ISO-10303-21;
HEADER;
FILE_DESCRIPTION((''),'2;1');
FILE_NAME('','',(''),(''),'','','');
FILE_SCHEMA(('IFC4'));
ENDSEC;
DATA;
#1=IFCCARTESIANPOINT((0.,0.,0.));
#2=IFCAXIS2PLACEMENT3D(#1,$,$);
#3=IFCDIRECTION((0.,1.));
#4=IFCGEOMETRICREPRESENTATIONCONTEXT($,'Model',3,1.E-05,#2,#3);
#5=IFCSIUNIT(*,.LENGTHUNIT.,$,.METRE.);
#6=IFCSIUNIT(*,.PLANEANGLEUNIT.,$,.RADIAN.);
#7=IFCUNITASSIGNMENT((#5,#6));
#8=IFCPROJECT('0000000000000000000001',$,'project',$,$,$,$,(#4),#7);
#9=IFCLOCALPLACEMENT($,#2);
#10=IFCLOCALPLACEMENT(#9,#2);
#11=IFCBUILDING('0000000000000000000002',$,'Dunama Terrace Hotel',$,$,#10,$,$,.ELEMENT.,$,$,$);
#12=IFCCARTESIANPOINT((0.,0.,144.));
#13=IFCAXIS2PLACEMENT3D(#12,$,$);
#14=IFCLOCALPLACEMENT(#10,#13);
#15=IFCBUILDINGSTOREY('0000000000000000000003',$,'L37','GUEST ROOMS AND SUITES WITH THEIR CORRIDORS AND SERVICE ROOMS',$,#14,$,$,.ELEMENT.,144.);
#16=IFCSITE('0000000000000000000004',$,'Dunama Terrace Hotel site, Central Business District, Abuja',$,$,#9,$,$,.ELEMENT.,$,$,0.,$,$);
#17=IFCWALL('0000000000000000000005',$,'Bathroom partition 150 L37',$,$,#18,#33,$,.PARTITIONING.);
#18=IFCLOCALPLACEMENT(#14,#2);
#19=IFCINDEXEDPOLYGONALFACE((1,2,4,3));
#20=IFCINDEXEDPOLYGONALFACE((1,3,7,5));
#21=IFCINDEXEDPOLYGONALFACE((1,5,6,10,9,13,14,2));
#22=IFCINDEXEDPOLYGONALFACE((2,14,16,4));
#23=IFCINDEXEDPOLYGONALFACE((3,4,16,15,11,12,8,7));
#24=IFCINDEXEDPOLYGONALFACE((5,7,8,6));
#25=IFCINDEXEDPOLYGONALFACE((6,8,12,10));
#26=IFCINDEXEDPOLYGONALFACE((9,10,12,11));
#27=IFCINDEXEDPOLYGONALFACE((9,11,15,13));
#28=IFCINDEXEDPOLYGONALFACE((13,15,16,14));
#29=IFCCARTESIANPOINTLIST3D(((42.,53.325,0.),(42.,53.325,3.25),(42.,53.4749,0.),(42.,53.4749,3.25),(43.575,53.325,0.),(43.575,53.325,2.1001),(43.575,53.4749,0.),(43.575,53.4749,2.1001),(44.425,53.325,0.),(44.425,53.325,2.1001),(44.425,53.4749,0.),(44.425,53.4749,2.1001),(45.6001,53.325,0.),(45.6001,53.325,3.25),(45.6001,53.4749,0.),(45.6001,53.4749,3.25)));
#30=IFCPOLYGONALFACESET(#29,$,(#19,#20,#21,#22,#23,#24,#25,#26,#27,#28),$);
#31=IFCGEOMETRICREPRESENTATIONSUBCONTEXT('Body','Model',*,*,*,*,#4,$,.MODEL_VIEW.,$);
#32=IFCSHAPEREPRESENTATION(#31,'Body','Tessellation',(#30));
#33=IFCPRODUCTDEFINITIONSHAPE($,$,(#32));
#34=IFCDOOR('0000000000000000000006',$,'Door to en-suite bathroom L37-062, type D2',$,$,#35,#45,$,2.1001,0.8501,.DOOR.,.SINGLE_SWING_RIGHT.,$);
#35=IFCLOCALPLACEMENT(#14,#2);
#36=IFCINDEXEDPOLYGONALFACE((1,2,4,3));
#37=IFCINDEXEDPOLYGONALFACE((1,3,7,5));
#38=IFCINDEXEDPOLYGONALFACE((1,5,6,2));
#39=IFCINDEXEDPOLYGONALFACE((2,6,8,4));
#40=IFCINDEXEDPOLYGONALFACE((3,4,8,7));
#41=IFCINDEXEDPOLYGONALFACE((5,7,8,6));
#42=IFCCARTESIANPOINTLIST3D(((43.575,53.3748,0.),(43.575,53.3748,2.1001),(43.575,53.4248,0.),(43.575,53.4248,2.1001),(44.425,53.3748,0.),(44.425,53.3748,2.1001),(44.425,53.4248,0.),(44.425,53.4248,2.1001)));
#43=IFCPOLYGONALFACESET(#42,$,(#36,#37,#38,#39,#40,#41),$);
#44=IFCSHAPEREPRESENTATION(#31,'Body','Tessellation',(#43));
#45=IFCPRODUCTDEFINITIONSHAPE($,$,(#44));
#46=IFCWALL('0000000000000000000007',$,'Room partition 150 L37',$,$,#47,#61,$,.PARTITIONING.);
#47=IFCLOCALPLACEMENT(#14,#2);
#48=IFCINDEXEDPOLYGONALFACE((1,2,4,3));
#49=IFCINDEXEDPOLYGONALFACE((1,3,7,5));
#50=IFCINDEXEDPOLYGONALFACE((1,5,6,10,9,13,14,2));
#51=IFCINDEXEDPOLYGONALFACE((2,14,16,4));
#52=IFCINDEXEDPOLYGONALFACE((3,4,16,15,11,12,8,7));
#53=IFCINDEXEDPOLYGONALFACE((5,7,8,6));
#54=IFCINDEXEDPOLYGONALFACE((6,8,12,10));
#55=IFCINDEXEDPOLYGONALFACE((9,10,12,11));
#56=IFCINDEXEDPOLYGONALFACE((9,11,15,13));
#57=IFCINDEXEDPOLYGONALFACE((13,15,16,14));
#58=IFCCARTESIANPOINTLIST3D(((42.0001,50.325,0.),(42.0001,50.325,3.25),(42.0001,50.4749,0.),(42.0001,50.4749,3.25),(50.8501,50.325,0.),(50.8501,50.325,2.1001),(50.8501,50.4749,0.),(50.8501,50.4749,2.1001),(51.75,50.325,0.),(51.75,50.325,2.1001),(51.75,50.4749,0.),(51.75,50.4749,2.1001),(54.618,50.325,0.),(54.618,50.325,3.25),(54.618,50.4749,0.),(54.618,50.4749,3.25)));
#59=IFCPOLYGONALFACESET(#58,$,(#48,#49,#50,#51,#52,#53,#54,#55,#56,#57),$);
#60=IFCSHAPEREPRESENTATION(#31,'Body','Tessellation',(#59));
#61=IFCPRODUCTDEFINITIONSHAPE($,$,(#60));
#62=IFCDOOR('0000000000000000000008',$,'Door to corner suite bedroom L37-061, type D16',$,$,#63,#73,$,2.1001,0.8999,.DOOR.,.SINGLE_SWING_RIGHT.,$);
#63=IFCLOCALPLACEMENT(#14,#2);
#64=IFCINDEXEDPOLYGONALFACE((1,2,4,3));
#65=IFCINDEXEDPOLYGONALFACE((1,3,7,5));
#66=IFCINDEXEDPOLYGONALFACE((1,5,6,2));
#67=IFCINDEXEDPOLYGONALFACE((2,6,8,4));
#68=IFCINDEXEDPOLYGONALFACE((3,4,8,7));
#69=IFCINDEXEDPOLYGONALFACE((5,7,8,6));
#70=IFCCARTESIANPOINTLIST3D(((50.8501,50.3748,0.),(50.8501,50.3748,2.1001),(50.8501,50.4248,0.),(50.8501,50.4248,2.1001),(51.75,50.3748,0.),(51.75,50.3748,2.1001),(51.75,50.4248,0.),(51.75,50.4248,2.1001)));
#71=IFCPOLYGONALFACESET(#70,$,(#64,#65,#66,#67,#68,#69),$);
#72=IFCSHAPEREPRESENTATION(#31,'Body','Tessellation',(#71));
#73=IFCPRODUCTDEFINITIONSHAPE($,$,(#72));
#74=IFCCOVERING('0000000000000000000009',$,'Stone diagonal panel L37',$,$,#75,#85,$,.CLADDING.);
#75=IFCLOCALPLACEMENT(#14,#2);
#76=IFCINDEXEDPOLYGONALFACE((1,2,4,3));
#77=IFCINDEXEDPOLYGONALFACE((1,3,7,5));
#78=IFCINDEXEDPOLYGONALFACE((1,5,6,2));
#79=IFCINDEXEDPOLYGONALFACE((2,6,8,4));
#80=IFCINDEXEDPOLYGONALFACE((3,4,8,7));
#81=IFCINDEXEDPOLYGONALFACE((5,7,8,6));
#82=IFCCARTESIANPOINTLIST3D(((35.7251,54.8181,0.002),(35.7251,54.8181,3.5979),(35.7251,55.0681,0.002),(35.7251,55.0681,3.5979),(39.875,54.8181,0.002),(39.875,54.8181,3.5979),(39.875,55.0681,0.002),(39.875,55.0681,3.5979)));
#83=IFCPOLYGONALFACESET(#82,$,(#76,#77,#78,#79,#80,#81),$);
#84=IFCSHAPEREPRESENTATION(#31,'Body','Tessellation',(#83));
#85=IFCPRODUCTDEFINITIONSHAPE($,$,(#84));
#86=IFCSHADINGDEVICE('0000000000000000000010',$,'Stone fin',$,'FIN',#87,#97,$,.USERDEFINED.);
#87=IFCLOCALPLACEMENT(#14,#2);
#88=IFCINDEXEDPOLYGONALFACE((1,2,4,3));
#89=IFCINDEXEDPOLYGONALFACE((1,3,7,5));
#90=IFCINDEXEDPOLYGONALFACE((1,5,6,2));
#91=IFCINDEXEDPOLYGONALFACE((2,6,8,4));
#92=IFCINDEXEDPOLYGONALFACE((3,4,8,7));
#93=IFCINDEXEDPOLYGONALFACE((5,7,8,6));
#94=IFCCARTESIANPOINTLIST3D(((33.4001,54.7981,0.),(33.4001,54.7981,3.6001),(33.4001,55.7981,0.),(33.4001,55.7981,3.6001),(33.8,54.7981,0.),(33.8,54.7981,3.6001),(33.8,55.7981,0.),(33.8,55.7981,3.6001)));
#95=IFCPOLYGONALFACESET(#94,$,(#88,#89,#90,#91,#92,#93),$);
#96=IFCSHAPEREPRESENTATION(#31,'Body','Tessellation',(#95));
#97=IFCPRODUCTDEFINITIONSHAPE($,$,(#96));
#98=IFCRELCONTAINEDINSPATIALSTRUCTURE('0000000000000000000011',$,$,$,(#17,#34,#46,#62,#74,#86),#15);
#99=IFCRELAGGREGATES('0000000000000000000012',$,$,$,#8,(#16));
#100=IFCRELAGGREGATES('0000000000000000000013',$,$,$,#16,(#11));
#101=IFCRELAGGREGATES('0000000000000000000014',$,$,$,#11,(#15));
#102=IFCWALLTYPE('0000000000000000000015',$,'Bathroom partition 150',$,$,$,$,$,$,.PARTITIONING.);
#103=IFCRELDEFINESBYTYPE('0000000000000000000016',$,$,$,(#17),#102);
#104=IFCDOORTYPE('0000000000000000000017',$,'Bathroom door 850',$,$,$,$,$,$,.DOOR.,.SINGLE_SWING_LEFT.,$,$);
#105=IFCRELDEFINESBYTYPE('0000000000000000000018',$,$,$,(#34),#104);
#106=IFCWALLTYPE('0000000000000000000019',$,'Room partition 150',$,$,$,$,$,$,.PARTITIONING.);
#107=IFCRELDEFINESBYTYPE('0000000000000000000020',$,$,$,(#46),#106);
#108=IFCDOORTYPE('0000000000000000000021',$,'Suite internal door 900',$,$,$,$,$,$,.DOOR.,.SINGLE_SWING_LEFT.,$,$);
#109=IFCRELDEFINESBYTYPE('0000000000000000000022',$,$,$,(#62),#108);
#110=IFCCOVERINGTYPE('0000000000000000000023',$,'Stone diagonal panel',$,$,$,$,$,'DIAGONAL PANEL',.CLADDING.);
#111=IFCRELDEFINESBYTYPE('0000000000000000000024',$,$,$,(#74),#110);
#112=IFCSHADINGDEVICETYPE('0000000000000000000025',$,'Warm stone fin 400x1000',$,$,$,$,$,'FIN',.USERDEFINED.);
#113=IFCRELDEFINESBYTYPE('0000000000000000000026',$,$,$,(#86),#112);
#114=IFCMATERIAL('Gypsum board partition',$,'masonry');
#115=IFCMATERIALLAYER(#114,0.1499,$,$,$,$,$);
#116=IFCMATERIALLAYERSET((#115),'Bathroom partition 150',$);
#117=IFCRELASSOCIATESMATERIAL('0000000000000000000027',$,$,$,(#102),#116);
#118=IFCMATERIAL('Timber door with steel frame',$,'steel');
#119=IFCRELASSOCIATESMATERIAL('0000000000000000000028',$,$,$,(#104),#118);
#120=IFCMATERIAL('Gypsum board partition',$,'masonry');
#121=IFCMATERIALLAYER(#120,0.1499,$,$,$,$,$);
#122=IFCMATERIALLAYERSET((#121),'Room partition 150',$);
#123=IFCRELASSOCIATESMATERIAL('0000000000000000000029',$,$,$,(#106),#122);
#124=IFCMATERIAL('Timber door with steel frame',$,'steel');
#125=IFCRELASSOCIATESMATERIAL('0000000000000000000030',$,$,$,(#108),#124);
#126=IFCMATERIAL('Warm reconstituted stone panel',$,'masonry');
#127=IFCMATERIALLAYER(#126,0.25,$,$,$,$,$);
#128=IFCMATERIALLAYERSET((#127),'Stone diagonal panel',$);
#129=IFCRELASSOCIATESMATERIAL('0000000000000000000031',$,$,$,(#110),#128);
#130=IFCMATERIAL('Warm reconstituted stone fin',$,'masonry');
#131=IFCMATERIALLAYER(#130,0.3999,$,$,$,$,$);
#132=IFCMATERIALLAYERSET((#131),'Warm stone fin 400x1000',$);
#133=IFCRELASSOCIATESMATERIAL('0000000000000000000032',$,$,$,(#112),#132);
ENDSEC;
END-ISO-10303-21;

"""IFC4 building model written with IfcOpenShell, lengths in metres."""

from ifc_helpers import new_model, si_unit, direction, frame, frame_2d, origin, origin_2d, place, context, subcontext, project, spatial, rectangle, extrude, material, layer, layer_set, type_object, element, fill, save


model = new_model("IFC4")

# Units and contexts
model_context = context("Model", 3, precision=1e-05, world=origin(), true_north=direction((0.0, 1.0)))
body_context = subcontext(model_context, "Body", "Model", "MODEL_VIEW")
ifc_project = project(units=[si_unit("LENGTHUNIT", "METRE"), si_unit("PLANEANGLEUNIT", "RADIAN")], contexts=[model_context])

# Site, building, storey
site_placement = place(None, origin())
site = spatial("IfcSite", under=ifc_project, at=site_placement, Name="Dunama Terrace Hotel site, Central Business District, Abuja", CompositionType="ELEMENT", RefElevation=0.0)
building_placement = place(site_placement, origin())
building = spatial("IfcBuilding", under=site, at=building_placement, Name="Dunama Terrace Hotel", CompositionType="ELEMENT")
storey_placement = place(building_placement, frame((0.0, 0.0, 144.0)))
storey = spatial("IfcBuildingStorey", under=building, at=storey_placement, Name="L37", Description="GUEST ROOMS AND SUITES WITH THEIR CORRIDORS AND SERVICE ROOMS", CompositionType="ELEMENT", Elevation=144.0)

# Walls, openings, doors
ifc_material_1 = material(Name="Gypsum board partition", Category="masonry")
ifc_layer_1 = layer(ifc_material_1, 0.1499)
ifc_layer_set_1 = layer_set([ifc_layer_1], Name="Bathroom partition 150")
wall_type_1 = type_object("IfcWallType", Name="Bathroom partition 150", PredefinedType="PARTITIONING", material=ifc_layer_set_1)
ifc_material_2 = material(Name="Timber door with steel frame", Category="steel")
door_type_1 = type_object("IfcDoorType", Name="Bathroom door 850", OperationType="SINGLE_SWING_LEFT", PredefinedType="DOOR", material=ifc_material_2)
wall_1_placement = place(storey_placement, frame((42.0, 53.3999, 0.0), z_axis=(0.0, 0.0, 1.0), x_axis=(1.0, 0.0, 0.0)))
wall_1 = element("IfcWall", 1, at=wall_1_placement, inside=storey, type_object=wall_type_1, Name="Bathroom partition 150 L37", PredefinedType="PARTITIONING", context=body_context, shape_type="SweptSolid", body=[
    extrude(rectangle(XDim=3.6001, YDim=0.1499, at=frame_2d((1.8, 0.0))), origin(), (0.0, 0.0, 1.0), 3.25),
])
opening_1_placement = place(wall_1_placement, frame((1.575, 0.0, 0.0)))
opening_1 = element("IfcOpeningElement", 2, at=opening_1_placement, cuts=wall_1, PredefinedType="OPENING", context=body_context, shape_type="SweptSolid", body=[
    extrude(rectangle(XDim=0.8501, YDim=2.1001, at=frame_2d((0.425, 1.05))), frame((0.0, 0.085, 0.0), z_axis=(0.0, -1.0, 0.0), x_axis=(1.0, 0.0, 0.0)), (0.0, 0.0, 1.0), 0.1699),
])
door_1_placement = place(opening_1_placement, frame((0.8501, 0.0, 0.0), z_axis=(0.0, 0.0, 1.0), x_axis=(-1.0, 0.0, 0.0)))
door_1 = element("IfcDoor", 3, at=door_1_placement, inside=storey, type_object=door_type_1, Name="Door to en-suite bathroom L37-062, type D2", OperationType="SINGLE_SWING_RIGHT", OverallHeight=2.1001, OverallWidth=0.8501, PredefinedType="DOOR", context=body_context, shape_type="SweptSolid", body=[
    extrude(rectangle(XDim=0.8501, YDim=2.1001, at=frame_2d((0.425, 1.05))), frame((0.0, 0.0251, 0.0), z_axis=(0.0, -1.0, 0.0), x_axis=(1.0, 0.0, 0.0)), (0.0, 0.0, 1.0), 0.05),
])
fill(opening_1, door_1)
ifc_material_3 = material(Name="Gypsum board partition", Category="masonry")
ifc_layer_2 = layer(ifc_material_3, 0.1499)
ifc_layer_set_2 = layer_set([ifc_layer_2], Name="Room partition 150")
wall_type_2 = type_object("IfcWallType", Name="Room partition 150", PredefinedType="PARTITIONING", material=ifc_layer_set_2)
wall_2_placement = place(storey_placement, frame((42.0, 50.3999, 0.0), z_axis=(0.0, 0.0, 1.0), x_axis=(1.0, 0.0, 0.0)))
wall_2 = element("IfcWall", 4, at=wall_2_placement, inside=storey, type_object=wall_type_2, Name="Room partition 150 L37", PredefinedType="PARTITIONING", context=body_context, shape_type="SweptSolid", body=[
    extrude(rectangle(XDim=12.6179, YDim=0.1499, at=frame_2d((6.3091, 0.0))), origin(), (0.0, 0.0, 1.0), 3.25),
])
opening_2_placement = place(wall_2_placement, frame((8.8501, 0.0, 0.0)))
opening_2 = element("IfcOpeningElement", 5, at=opening_2_placement, cuts=wall_2, PredefinedType="OPENING", context=body_context, shape_type="SweptSolid", body=[
    extrude(rectangle(XDim=0.8999, YDim=2.1001, at=frame_2d((0.45, 1.05))), frame((0.0, 0.085, 0.0), z_axis=(0.0, -1.0, 0.0), x_axis=(1.0, 0.0, 0.0)), (0.0, 0.0, 1.0), 0.1699),
])
ifc_material_4 = material(Name="Timber door with steel frame", Category="steel")
door_type_2 = type_object("IfcDoorType", Name="Suite internal door 900", OperationType="SINGLE_SWING_LEFT", PredefinedType="DOOR", material=ifc_material_4)
door_2_placement = place(opening_2_placement, origin())
door_2 = element("IfcDoor", 6, at=door_2_placement, inside=storey, type_object=door_type_2, Name="Door to corner suite bedroom L37-061, type D16", OperationType="SINGLE_SWING_RIGHT", OverallHeight=2.1001, OverallWidth=0.8999, PredefinedType="DOOR", context=body_context, shape_type="SweptSolid", body=[
    extrude(rectangle(XDim=0.8999, YDim=2.1001, at=frame_2d((0.45, 1.05))), frame((0.0, 0.0249, 0.0), z_axis=(0.0, -1.0, 0.0), x_axis=(1.0, 0.0, 0.0)), (0.0, 0.0, 1.0), 0.05),
])
fill(opening_2, door_2)

# Covering
ifc_material_5 = material(Name="Warm reconstituted stone panel", Category="masonry")
ifc_layer_3 = layer(ifc_material_5, 0.25)
ifc_layer_set_3 = layer_set([ifc_layer_3], Name="Stone diagonal panel")
covering_type = type_object("IfcCoveringType", Name="Stone diagonal panel", ElementType="DIAGONAL PANEL", PredefinedType="CLADDING", material=ifc_layer_set_3)
covering_placement = place(storey_placement, frame((37.8, 54.9431, 0.002), z_axis=(0.0, 0.0, 1.0), x_axis=(-1.0, 0.0, 0.0)))
element("IfcCovering", 7, at=covering_placement, inside=storey, type_object=covering_type, Name="Stone diagonal panel L37", PredefinedType="CLADDING", context=body_context, shape_type="SweptSolid", body=[
    extrude(rectangle(XDim=4.1499, YDim=0.25, at=origin_2d()), origin(), (0.0, 0.0, 1.0), 3.5959),
])

# Shading device
ifc_material_6 = material(Name="Warm reconstituted stone fin", Category="masonry")
ifc_layer_4 = layer(ifc_material_6, 0.3999)
ifc_layer_set_4 = layer_set([ifc_layer_4], Name="Warm stone fin 400x1000")
shading_device_type = type_object("IfcShadingDeviceType", Name="Warm stone fin 400x1000", ElementType="FIN", PredefinedType="USERDEFINED", material=ifc_layer_set_4)
shading_device_placement = place(storey_placement, frame((33.6001, 55.2981, 0.0), z_axis=(0.0, 0.0, 1.0), x_axis=(-1.0, 0.0, 0.0)))
element("IfcShadingDevice", 8, at=shading_device_placement, inside=storey, type_object=shading_device_type, Name="Stone fin", ObjectType="FIN", PredefinedType="USERDEFINED", context=body_context, shape_type="SweptSolid", body=[
    extrude(rectangle(XDim=0.3999, YDim=1.0, at=origin_2d()), origin(), (0.0, 0.0, 1.0), 3.6001),
])

save(model, "model.ifc")
